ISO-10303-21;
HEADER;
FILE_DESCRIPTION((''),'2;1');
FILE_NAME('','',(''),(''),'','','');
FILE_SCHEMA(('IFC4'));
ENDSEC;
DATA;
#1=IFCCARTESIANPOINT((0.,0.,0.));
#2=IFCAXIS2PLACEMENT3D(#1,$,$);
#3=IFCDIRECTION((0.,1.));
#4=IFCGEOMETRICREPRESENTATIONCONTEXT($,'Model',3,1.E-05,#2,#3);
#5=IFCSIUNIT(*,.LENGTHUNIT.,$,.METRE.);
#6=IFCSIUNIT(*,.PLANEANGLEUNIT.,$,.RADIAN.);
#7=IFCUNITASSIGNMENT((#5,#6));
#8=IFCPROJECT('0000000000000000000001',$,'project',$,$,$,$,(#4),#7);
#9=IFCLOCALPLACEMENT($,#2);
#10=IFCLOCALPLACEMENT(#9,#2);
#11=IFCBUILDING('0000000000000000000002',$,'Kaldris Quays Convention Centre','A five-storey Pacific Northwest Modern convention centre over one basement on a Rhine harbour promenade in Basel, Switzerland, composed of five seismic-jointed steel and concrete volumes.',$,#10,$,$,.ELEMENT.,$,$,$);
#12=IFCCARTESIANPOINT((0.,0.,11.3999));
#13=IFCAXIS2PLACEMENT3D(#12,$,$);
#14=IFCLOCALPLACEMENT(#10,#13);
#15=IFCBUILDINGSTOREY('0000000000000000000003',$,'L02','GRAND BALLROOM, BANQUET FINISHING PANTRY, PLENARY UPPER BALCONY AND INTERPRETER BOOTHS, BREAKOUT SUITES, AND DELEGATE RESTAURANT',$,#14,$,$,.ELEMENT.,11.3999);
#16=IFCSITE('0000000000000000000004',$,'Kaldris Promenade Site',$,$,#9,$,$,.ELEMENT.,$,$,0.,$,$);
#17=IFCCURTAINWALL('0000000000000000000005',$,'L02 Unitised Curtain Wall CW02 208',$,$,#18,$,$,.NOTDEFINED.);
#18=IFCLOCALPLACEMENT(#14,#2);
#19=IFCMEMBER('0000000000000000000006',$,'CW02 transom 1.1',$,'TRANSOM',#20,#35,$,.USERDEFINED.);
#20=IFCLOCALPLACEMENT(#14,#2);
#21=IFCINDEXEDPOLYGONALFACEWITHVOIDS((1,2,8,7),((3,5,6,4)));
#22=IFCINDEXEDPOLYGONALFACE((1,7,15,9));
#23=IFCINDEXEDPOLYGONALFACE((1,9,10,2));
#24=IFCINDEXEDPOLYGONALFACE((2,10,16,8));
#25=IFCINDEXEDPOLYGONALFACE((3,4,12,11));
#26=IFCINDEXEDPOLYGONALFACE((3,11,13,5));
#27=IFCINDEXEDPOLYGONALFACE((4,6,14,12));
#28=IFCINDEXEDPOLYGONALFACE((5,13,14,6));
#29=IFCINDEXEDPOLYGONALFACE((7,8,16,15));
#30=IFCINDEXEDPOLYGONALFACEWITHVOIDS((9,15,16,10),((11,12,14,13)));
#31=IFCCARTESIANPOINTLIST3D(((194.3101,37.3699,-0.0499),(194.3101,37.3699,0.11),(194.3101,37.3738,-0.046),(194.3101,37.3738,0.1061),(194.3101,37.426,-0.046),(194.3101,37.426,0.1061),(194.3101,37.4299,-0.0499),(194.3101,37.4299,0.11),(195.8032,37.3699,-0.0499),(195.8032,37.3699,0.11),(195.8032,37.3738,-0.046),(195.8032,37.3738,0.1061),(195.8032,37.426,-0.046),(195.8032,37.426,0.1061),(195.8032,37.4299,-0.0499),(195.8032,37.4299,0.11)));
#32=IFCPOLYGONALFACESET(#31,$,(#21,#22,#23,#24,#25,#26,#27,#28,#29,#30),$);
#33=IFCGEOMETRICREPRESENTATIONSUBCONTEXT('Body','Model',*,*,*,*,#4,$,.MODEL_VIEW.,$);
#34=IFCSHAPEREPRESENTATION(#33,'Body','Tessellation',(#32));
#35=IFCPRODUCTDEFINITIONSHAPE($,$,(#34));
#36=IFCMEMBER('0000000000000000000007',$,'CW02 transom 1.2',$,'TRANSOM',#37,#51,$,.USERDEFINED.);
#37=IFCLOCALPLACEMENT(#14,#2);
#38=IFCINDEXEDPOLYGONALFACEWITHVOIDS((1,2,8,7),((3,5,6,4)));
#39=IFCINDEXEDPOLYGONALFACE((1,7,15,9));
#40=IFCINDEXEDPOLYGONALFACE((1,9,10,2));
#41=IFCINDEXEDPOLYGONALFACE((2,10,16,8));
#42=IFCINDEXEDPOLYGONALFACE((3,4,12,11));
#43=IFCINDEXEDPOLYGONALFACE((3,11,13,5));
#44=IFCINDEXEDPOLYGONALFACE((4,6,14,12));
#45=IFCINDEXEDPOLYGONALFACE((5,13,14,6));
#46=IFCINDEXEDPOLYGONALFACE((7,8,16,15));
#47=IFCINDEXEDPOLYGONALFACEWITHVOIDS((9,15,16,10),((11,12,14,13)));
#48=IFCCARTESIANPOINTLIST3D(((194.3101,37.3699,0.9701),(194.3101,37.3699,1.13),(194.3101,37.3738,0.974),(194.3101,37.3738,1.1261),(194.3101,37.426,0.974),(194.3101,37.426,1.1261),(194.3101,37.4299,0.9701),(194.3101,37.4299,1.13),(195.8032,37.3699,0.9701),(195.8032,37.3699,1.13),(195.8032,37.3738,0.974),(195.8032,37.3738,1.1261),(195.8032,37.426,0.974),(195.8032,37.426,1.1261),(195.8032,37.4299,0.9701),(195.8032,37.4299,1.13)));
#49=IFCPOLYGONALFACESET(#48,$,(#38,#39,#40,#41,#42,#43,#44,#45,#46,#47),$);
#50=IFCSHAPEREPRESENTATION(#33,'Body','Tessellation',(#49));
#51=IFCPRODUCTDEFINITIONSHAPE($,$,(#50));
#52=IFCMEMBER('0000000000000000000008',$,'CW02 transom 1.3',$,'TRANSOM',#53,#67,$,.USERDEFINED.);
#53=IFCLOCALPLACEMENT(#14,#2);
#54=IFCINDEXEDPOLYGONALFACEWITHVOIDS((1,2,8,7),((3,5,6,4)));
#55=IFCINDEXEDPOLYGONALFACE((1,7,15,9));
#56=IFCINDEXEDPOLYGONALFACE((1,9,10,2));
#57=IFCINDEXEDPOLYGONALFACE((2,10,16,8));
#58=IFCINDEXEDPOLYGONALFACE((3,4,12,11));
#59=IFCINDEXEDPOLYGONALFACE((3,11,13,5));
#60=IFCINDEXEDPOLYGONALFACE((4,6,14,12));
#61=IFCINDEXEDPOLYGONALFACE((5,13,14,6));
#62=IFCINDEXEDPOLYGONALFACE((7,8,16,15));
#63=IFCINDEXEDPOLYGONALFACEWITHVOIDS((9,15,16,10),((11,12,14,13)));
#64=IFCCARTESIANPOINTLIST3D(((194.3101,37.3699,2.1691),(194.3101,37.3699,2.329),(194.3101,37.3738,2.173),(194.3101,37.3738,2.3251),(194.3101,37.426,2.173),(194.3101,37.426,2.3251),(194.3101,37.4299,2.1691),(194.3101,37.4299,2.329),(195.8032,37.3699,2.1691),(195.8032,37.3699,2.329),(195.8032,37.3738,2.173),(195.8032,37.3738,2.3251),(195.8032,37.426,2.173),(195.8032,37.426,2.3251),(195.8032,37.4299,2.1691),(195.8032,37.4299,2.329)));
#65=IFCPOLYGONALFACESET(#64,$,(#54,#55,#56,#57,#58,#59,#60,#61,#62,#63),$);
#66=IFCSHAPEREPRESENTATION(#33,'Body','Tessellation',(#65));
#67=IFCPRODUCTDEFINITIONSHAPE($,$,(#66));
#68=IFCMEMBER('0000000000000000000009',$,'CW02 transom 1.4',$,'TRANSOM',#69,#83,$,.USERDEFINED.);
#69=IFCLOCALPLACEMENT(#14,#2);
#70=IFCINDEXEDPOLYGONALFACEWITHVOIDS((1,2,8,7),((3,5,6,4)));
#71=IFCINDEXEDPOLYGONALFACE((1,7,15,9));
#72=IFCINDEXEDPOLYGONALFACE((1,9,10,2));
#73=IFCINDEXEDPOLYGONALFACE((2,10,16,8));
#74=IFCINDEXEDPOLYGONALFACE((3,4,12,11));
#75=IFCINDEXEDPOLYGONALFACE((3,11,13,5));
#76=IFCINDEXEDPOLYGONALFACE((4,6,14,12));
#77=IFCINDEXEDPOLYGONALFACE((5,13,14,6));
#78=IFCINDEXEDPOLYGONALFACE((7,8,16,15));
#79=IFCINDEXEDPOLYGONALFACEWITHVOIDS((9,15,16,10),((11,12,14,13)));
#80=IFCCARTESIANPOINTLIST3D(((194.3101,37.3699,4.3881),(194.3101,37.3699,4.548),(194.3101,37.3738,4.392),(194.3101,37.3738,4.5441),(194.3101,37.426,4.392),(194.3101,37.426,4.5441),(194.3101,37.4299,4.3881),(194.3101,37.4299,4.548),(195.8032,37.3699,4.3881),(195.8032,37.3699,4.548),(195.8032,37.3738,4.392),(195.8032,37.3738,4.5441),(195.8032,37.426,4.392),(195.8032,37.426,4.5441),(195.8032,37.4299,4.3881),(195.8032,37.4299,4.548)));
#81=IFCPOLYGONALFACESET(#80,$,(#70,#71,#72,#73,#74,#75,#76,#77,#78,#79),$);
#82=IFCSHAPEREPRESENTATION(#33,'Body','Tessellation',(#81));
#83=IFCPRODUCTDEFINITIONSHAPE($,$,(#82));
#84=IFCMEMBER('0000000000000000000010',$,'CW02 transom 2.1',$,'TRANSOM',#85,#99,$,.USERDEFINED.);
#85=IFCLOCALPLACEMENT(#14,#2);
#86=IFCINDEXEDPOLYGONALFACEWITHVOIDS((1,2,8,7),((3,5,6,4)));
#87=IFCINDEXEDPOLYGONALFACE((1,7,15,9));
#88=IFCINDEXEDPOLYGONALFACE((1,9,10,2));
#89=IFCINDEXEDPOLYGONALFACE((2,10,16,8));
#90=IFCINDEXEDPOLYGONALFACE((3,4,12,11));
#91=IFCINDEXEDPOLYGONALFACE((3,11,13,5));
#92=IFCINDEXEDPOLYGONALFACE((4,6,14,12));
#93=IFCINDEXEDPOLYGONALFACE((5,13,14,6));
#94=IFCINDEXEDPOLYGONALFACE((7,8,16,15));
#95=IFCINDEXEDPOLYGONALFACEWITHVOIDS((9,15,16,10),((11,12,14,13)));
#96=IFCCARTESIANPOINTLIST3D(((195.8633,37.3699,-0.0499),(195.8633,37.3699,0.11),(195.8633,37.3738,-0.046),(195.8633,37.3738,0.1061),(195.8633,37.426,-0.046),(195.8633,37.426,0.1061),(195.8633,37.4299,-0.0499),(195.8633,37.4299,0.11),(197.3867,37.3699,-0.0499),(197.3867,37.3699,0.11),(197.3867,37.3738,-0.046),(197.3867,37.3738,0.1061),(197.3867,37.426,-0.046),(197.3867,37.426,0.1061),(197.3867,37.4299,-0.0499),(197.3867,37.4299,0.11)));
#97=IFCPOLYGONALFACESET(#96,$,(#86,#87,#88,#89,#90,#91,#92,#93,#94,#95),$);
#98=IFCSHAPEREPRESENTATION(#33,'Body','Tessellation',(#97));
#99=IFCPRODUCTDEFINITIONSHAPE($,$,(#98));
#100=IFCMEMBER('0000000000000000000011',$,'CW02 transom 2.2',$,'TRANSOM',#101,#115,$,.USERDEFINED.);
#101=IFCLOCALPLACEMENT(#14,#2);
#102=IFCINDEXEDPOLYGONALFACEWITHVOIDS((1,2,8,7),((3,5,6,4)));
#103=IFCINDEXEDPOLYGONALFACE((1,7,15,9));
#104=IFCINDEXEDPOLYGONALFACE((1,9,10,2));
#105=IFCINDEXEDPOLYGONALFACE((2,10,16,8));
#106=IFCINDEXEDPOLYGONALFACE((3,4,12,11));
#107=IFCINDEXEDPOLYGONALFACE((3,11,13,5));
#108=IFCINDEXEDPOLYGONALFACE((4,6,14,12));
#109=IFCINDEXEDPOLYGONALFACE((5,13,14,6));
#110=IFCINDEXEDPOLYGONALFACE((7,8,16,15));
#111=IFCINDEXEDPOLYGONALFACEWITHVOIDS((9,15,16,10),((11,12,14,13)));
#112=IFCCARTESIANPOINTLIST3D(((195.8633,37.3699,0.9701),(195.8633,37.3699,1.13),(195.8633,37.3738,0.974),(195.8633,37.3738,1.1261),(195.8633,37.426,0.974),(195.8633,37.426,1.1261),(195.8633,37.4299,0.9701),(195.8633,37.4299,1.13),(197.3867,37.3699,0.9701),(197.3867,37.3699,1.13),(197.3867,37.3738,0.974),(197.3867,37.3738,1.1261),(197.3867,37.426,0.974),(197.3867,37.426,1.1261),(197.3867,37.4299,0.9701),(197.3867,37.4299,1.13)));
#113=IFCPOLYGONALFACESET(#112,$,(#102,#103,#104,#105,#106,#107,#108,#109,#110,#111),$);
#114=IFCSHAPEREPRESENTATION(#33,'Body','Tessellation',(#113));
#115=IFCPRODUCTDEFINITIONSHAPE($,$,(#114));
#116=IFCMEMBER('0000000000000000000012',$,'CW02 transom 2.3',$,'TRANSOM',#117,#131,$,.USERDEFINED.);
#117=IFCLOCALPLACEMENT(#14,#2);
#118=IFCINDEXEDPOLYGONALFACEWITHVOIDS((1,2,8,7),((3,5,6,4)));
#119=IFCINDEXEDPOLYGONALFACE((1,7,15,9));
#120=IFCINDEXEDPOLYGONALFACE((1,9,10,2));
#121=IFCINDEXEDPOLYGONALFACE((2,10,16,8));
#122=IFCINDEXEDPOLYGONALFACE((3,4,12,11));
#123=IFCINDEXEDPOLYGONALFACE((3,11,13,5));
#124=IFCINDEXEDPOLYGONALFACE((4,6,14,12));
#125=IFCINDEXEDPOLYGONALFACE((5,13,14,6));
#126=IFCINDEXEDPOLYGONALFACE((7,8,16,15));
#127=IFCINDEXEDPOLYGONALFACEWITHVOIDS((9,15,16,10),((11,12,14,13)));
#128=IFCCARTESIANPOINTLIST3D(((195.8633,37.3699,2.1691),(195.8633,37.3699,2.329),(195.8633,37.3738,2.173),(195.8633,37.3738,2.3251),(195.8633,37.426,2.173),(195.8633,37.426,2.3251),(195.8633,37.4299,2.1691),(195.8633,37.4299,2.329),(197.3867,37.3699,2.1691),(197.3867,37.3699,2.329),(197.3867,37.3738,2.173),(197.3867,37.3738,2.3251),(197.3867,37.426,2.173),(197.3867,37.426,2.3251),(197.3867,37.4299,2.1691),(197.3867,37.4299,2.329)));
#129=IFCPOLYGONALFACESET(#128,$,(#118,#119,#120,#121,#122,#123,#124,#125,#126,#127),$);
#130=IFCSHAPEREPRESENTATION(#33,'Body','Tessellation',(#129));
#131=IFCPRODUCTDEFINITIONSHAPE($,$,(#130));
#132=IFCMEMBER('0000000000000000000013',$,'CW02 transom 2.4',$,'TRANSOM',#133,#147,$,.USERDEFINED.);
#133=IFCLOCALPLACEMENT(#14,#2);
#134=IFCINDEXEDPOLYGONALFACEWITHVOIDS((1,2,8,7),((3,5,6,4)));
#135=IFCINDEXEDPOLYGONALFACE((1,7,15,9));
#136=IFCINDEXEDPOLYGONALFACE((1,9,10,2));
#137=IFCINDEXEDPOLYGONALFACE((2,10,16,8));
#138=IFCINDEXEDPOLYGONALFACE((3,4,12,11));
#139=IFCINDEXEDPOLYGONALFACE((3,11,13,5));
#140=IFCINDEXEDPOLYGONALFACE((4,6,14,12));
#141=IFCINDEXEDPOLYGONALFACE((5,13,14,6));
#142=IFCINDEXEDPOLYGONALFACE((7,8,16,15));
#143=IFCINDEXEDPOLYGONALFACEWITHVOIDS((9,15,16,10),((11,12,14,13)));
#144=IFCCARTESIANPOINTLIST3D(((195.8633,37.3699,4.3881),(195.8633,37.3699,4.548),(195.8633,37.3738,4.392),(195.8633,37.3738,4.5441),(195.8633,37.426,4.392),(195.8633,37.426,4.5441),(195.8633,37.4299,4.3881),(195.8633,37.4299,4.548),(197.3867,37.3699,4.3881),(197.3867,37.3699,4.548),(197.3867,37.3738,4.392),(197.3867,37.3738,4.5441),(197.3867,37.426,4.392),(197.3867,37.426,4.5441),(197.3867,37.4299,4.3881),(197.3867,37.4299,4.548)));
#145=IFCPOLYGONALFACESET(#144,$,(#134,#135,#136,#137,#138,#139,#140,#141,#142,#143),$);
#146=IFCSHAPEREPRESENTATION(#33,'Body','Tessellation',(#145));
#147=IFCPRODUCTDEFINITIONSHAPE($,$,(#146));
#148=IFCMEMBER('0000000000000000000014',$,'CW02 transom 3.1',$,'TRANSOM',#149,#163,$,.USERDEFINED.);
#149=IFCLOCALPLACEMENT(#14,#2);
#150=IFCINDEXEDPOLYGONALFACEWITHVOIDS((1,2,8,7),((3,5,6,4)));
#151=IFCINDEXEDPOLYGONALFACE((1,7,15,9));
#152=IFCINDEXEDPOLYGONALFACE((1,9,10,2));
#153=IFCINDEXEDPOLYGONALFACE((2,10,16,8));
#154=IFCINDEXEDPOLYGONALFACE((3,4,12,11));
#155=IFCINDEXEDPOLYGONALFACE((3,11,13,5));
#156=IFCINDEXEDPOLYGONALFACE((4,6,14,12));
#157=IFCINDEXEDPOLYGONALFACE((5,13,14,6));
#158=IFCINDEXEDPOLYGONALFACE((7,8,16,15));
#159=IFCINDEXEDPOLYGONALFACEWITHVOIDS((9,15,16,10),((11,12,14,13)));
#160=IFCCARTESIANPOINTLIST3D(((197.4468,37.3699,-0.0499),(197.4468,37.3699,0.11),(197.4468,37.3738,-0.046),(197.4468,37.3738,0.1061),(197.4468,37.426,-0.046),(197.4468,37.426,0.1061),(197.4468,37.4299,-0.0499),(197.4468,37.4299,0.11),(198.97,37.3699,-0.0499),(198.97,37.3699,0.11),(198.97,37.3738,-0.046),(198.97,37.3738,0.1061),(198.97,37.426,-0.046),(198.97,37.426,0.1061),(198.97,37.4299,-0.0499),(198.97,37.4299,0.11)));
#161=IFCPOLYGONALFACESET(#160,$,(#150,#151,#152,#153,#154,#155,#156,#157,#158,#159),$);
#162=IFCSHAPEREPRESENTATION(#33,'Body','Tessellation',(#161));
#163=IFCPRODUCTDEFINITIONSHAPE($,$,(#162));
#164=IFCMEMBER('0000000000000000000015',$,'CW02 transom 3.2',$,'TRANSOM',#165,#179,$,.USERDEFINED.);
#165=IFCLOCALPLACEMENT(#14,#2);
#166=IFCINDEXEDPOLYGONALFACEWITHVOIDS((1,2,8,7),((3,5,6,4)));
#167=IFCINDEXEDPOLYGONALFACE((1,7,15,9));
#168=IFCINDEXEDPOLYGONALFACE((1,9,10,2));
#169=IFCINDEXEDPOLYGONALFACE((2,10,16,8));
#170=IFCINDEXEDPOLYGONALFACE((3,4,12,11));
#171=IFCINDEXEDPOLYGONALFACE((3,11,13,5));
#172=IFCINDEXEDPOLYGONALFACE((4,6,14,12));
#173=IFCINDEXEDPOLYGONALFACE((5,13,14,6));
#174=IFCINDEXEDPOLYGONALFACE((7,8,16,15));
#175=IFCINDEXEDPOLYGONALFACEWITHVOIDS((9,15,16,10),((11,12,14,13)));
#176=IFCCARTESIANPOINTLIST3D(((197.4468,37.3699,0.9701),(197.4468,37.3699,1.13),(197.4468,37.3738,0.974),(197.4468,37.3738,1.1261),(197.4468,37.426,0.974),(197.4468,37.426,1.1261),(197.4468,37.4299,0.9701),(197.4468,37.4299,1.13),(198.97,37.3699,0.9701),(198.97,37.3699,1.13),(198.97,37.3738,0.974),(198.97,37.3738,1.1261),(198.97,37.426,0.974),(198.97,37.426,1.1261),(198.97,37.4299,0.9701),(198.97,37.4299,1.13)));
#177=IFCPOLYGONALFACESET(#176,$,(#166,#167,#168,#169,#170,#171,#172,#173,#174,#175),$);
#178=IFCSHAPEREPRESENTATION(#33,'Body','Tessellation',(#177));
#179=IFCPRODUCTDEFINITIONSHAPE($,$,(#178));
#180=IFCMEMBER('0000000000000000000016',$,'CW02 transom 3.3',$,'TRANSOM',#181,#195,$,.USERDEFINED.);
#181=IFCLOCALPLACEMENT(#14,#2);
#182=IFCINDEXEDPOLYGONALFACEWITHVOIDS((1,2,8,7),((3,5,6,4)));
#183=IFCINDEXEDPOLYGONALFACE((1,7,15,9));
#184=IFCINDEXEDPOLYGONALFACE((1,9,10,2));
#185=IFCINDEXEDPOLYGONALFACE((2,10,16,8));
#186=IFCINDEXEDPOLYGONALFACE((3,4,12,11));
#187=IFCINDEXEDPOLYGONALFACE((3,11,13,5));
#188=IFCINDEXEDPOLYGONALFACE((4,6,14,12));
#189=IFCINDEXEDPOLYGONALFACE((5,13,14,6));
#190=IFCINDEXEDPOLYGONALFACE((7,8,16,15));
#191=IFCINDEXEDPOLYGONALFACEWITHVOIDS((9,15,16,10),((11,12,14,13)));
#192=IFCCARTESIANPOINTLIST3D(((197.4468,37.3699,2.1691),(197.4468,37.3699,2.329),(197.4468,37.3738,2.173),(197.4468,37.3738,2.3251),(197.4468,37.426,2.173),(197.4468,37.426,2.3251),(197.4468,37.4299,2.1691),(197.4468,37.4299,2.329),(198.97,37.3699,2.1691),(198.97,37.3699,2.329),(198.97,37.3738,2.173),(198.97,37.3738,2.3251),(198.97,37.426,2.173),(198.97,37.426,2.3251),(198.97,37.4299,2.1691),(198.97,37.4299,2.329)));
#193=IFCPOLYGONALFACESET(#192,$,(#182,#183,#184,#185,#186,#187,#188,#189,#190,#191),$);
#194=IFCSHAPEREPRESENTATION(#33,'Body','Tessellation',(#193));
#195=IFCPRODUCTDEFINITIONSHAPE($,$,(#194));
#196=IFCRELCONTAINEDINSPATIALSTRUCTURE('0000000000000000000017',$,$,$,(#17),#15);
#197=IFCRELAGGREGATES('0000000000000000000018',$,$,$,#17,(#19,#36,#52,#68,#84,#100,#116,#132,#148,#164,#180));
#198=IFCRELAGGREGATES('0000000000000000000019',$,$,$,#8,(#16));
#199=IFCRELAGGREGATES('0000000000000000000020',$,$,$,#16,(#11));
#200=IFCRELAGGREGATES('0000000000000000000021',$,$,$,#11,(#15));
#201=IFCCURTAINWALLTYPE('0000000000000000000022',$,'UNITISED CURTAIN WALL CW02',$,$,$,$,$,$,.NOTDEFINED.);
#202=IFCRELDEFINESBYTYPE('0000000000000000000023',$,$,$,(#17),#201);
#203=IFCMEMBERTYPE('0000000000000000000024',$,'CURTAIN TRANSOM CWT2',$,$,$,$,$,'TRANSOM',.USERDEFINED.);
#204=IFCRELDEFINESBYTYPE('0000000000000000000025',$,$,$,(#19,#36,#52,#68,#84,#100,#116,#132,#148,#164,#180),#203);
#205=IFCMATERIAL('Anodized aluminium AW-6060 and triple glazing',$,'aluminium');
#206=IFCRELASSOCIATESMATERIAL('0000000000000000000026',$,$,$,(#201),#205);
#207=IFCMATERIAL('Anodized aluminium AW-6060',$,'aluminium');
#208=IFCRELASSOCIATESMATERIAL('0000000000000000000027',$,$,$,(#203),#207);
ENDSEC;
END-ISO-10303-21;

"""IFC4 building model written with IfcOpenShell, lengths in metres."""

from ifc_helpers import new_model, si_unit, direction, frame, origin, origin_2d, place, context, subcontext, project, spatial, hollow_rectangle, extrude, material, material_profile, profile_set, type_object, element, aggregate, save


model = new_model("IFC4")

# Units and contexts
model_context = context("Model", 3, precision=1e-05, world=origin(), true_north=direction((0.0, 1.0)))
body_context = subcontext(model_context, "Body", "Model", "MODEL_VIEW")
ifc_project = project(units=[si_unit("LENGTHUNIT", "METRE"), si_unit("PLANEANGLEUNIT", "RADIAN")], contexts=[model_context])

# Site, building, storey
site_placement = place(None, origin())
site = spatial("IfcSite", under=ifc_project, at=site_placement, Name="Kaldris Promenade Site", CompositionType="ELEMENT", RefElevation=0.0)
building_placement = place(site_placement, origin())
building = spatial("IfcBuilding", under=site, at=building_placement, Name="Kaldris Quays Convention Centre", Description="A five-storey Pacific Northwest Modern convention centre over one basement on a Rhine harbour promenade in Basel, Switzerland, composed of five seismic-jointed steel and concrete volumes.", CompositionType="ELEMENT")
storey_placement = place(building_placement, frame((0.0, 0.0, 11.3999)))
storey = spatial("IfcBuildingStorey", under=building, at=storey_placement, Name="L02", Description="GRAND BALLROOM, BANQUET FINISHING PANTRY, PLENARY UPPER BALCONY AND INTERPRETER BOOTHS, BREAKOUT SUITES, AND DELEGATE RESTAURANT", CompositionType="ELEMENT", Elevation=11.3999)

# Shared definitions
ifc_material_1 = material(Name="Anodized aluminium AW-6060 and triple glazing", Category="aluminium")
curtain_wall_type = type_object("IfcCurtainWallType", Name="UNITISED CURTAIN WALL CW02", PredefinedType="NOTDEFINED", material=ifc_material_1)
ifc_material_2 = material(Name="Anodized aluminium AW-6060", Category="aluminium")

# Curtain wall, members
curtain_wall_1_placement = place(storey_placement, origin())
curtain_wall_1 = element("IfcCurtainWall", 1, at=curtain_wall_1_placement, inside=storey, type_object=curtain_wall_type, Name="L02 Unitised Curtain Wall CW02 208", PredefinedType="NOTDEFINED")
ifc_material_profile_1 = material_profile(ifc_material_2, hollow_rectangle(XDim=0.0601, YDim=0.1599, WallThickness=0.0039, at=origin_2d()), Name="RHS 160x60x4")
ifc_profile_set_1 = profile_set([ifc_material_profile_1], Name="Anodized aluminium AW-6060")
member_type_1 = type_object("IfcMemberType", Name="CURTAIN TRANSOM CWT2", ElementType="TRANSOM", PredefinedType="USERDEFINED", material=ifc_profile_set_1)
member_1_placement = place(storey_placement, frame((194.3101, 37.3999, 0.03), z_axis=(1.0, 0.0, 0.0), x_axis=(0.0, 1.0, 0.0)))
member_1 = element("IfcMember", 2, at=member_1_placement, type_object=member_type_1, Name="CW02 transom 1.1", ObjectType="TRANSOM", PredefinedType="USERDEFINED", context=body_context, shape_type="SweptSolid", body=[
    extrude(hollow_rectangle(XDim=0.0601, YDim=0.1599, WallThickness=0.0039, at=origin_2d()), origin(), (0.0, 0.0, 1.0), 1.4932),
])
member_2_placement = place(storey_placement, frame((194.3101, 37.3999, 1.05), z_axis=(1.0, 0.0, 0.0), x_axis=(0.0, 1.0, 0.0)))
member_2 = element("IfcMember", 3, at=member_2_placement, type_object=member_type_1, Name="CW02 transom 1.2", ObjectType="TRANSOM", PredefinedType="USERDEFINED", context=body_context, shape_type="SweptSolid", body=[
    extrude(hollow_rectangle(XDim=0.0601, YDim=0.1599, WallThickness=0.0039, at=origin_2d()), origin(), (0.0, 0.0, 1.0), 1.4932),
])
member_3_placement = place(storey_placement, frame((194.3101, 37.3999, 2.249), z_axis=(1.0, 0.0, 0.0), x_axis=(0.0, 1.0, 0.0)))
member_3 = element("IfcMember", 4, at=member_3_placement, type_object=member_type_1, Name="CW02 transom 1.3", ObjectType="TRANSOM", PredefinedType="USERDEFINED", context=body_context, shape_type="SweptSolid", body=[
    extrude(hollow_rectangle(XDim=0.0601, YDim=0.1599, WallThickness=0.0039, at=origin_2d()), origin(), (0.0, 0.0, 1.0), 1.4932),
])
member_4_placement = place(storey_placement, frame((194.3101, 37.3999, 4.468), z_axis=(1.0, 0.0, 0.0), x_axis=(0.0, 1.0, 0.0)))
member_4 = element("IfcMember", 5, at=member_4_placement, type_object=member_type_1, Name="CW02 transom 1.4", ObjectType="TRANSOM", PredefinedType="USERDEFINED", context=body_context, shape_type="SweptSolid", body=[
    extrude(hollow_rectangle(XDim=0.0601, YDim=0.1599, WallThickness=0.0039, at=origin_2d()), origin(), (0.0, 0.0, 1.0), 1.4932),
])
member_5_placement = place(storey_placement, frame((195.8633, 37.3999, 0.03), z_axis=(1.0, 0.0, 0.0), x_axis=(0.0, 1.0, 0.0)))
member_5 = element("IfcMember", 6, at=member_5_placement, type_object=member_type_1, Name="CW02 transom 2.1", ObjectType="TRANSOM", PredefinedType="USERDEFINED", context=body_context, shape_type="SweptSolid", body=[
    extrude(hollow_rectangle(XDim=0.0601, YDim=0.1599, WallThickness=0.0039, at=origin_2d()), origin(), (0.0, 0.0, 1.0), 1.5234),
])
member_6_placement = place(storey_placement, frame((195.8633, 37.3999, 1.05), z_axis=(1.0, 0.0, 0.0), x_axis=(0.0, 1.0, 0.0)))
member_6 = element("IfcMember", 7, at=member_6_placement, type_object=member_type_1, Name="CW02 transom 2.2", ObjectType="TRANSOM", PredefinedType="USERDEFINED", context=body_context, shape_type="SweptSolid", body=[
    extrude(hollow_rectangle(XDim=0.0601, YDim=0.1599, WallThickness=0.0039, at=origin_2d()), origin(), (0.0, 0.0, 1.0), 1.5234),
])
member_7_placement = place(storey_placement, frame((195.8633, 37.3999, 2.249), z_axis=(1.0, 0.0, 0.0), x_axis=(0.0, 1.0, 0.0)))
member_7 = element("IfcMember", 8, at=member_7_placement, type_object=member_type_1, Name="CW02 transom 2.3", ObjectType="TRANSOM", PredefinedType="USERDEFINED", context=body_context, shape_type="SweptSolid", body=[
    extrude(hollow_rectangle(XDim=0.0601, YDim=0.1599, WallThickness=0.0039, at=origin_2d()), origin(), (0.0, 0.0, 1.0), 1.5234),
])
member_8_placement = place(storey_placement, frame((195.8633, 37.3999, 4.468), z_axis=(1.0, 0.0, 0.0), x_axis=(0.0, 1.0, 0.0)))
member_8 = element("IfcMember", 9, at=member_8_placement, type_object=member_type_1, Name="CW02 transom 2.4", ObjectType="TRANSOM", PredefinedType="USERDEFINED", context=body_context, shape_type="SweptSolid", body=[
    extrude(hollow_rectangle(XDim=0.0601, YDim=0.1599, WallThickness=0.0039, at=origin_2d()), origin(), (0.0, 0.0, 1.0), 1.5234),
])
member_9_placement = place(storey_placement, frame((197.4468, 37.3999, 0.03), z_axis=(1.0, 0.0, 0.0), x_axis=(0.0, 1.0, 0.0)))
member_9 = element("IfcMember", 10, at=member_9_placement, type_object=member_type_1, Name="CW02 transom 3.1", ObjectType="TRANSOM", PredefinedType="USERDEFINED", context=body_context, shape_type="SweptSolid", body=[
    extrude(hollow_rectangle(XDim=0.0601, YDim=0.1599, WallThickness=0.0039, at=origin_2d()), origin(), (0.0, 0.0, 1.0), 1.5232),
])
member_10_placement = place(storey_placement, frame((197.4468, 37.3999, 1.05), z_axis=(1.0, 0.0, 0.0), x_axis=(0.0, 1.0, 0.0)))
member_10 = element("IfcMember", 11, at=member_10_placement, type_object=member_type_1, Name="CW02 transom 3.2", ObjectType="TRANSOM", PredefinedType="USERDEFINED", context=body_context, shape_type="SweptSolid", body=[
    extrude(hollow_rectangle(XDim=0.0601, YDim=0.1599, WallThickness=0.0039, at=origin_2d()), origin(), (0.0, 0.0, 1.0), 1.5232),
])
member_11_placement = place(storey_placement, frame((197.4468, 37.3999, 2.249), z_axis=(1.0, 0.0, 0.0), x_axis=(0.0, 1.0, 0.0)))
member_11 = element("IfcMember", 12, at=member_11_placement, type_object=member_type_1, Name="CW02 transom 3.3", ObjectType="TRANSOM", PredefinedType="USERDEFINED", context=body_context, shape_type="SweptSolid", body=[
    extrude(hollow_rectangle(XDim=0.0601, YDim=0.1599, WallThickness=0.0039, at=origin_2d()), origin(), (0.0, 0.0, 1.0), 1.5232),
])

aggregate(curtain_wall_1, [member_1, member_2, member_3, member_4, member_5, member_6, member_7, member_8, member_9, member_10, member_11])

save(model, "model.ifc")
